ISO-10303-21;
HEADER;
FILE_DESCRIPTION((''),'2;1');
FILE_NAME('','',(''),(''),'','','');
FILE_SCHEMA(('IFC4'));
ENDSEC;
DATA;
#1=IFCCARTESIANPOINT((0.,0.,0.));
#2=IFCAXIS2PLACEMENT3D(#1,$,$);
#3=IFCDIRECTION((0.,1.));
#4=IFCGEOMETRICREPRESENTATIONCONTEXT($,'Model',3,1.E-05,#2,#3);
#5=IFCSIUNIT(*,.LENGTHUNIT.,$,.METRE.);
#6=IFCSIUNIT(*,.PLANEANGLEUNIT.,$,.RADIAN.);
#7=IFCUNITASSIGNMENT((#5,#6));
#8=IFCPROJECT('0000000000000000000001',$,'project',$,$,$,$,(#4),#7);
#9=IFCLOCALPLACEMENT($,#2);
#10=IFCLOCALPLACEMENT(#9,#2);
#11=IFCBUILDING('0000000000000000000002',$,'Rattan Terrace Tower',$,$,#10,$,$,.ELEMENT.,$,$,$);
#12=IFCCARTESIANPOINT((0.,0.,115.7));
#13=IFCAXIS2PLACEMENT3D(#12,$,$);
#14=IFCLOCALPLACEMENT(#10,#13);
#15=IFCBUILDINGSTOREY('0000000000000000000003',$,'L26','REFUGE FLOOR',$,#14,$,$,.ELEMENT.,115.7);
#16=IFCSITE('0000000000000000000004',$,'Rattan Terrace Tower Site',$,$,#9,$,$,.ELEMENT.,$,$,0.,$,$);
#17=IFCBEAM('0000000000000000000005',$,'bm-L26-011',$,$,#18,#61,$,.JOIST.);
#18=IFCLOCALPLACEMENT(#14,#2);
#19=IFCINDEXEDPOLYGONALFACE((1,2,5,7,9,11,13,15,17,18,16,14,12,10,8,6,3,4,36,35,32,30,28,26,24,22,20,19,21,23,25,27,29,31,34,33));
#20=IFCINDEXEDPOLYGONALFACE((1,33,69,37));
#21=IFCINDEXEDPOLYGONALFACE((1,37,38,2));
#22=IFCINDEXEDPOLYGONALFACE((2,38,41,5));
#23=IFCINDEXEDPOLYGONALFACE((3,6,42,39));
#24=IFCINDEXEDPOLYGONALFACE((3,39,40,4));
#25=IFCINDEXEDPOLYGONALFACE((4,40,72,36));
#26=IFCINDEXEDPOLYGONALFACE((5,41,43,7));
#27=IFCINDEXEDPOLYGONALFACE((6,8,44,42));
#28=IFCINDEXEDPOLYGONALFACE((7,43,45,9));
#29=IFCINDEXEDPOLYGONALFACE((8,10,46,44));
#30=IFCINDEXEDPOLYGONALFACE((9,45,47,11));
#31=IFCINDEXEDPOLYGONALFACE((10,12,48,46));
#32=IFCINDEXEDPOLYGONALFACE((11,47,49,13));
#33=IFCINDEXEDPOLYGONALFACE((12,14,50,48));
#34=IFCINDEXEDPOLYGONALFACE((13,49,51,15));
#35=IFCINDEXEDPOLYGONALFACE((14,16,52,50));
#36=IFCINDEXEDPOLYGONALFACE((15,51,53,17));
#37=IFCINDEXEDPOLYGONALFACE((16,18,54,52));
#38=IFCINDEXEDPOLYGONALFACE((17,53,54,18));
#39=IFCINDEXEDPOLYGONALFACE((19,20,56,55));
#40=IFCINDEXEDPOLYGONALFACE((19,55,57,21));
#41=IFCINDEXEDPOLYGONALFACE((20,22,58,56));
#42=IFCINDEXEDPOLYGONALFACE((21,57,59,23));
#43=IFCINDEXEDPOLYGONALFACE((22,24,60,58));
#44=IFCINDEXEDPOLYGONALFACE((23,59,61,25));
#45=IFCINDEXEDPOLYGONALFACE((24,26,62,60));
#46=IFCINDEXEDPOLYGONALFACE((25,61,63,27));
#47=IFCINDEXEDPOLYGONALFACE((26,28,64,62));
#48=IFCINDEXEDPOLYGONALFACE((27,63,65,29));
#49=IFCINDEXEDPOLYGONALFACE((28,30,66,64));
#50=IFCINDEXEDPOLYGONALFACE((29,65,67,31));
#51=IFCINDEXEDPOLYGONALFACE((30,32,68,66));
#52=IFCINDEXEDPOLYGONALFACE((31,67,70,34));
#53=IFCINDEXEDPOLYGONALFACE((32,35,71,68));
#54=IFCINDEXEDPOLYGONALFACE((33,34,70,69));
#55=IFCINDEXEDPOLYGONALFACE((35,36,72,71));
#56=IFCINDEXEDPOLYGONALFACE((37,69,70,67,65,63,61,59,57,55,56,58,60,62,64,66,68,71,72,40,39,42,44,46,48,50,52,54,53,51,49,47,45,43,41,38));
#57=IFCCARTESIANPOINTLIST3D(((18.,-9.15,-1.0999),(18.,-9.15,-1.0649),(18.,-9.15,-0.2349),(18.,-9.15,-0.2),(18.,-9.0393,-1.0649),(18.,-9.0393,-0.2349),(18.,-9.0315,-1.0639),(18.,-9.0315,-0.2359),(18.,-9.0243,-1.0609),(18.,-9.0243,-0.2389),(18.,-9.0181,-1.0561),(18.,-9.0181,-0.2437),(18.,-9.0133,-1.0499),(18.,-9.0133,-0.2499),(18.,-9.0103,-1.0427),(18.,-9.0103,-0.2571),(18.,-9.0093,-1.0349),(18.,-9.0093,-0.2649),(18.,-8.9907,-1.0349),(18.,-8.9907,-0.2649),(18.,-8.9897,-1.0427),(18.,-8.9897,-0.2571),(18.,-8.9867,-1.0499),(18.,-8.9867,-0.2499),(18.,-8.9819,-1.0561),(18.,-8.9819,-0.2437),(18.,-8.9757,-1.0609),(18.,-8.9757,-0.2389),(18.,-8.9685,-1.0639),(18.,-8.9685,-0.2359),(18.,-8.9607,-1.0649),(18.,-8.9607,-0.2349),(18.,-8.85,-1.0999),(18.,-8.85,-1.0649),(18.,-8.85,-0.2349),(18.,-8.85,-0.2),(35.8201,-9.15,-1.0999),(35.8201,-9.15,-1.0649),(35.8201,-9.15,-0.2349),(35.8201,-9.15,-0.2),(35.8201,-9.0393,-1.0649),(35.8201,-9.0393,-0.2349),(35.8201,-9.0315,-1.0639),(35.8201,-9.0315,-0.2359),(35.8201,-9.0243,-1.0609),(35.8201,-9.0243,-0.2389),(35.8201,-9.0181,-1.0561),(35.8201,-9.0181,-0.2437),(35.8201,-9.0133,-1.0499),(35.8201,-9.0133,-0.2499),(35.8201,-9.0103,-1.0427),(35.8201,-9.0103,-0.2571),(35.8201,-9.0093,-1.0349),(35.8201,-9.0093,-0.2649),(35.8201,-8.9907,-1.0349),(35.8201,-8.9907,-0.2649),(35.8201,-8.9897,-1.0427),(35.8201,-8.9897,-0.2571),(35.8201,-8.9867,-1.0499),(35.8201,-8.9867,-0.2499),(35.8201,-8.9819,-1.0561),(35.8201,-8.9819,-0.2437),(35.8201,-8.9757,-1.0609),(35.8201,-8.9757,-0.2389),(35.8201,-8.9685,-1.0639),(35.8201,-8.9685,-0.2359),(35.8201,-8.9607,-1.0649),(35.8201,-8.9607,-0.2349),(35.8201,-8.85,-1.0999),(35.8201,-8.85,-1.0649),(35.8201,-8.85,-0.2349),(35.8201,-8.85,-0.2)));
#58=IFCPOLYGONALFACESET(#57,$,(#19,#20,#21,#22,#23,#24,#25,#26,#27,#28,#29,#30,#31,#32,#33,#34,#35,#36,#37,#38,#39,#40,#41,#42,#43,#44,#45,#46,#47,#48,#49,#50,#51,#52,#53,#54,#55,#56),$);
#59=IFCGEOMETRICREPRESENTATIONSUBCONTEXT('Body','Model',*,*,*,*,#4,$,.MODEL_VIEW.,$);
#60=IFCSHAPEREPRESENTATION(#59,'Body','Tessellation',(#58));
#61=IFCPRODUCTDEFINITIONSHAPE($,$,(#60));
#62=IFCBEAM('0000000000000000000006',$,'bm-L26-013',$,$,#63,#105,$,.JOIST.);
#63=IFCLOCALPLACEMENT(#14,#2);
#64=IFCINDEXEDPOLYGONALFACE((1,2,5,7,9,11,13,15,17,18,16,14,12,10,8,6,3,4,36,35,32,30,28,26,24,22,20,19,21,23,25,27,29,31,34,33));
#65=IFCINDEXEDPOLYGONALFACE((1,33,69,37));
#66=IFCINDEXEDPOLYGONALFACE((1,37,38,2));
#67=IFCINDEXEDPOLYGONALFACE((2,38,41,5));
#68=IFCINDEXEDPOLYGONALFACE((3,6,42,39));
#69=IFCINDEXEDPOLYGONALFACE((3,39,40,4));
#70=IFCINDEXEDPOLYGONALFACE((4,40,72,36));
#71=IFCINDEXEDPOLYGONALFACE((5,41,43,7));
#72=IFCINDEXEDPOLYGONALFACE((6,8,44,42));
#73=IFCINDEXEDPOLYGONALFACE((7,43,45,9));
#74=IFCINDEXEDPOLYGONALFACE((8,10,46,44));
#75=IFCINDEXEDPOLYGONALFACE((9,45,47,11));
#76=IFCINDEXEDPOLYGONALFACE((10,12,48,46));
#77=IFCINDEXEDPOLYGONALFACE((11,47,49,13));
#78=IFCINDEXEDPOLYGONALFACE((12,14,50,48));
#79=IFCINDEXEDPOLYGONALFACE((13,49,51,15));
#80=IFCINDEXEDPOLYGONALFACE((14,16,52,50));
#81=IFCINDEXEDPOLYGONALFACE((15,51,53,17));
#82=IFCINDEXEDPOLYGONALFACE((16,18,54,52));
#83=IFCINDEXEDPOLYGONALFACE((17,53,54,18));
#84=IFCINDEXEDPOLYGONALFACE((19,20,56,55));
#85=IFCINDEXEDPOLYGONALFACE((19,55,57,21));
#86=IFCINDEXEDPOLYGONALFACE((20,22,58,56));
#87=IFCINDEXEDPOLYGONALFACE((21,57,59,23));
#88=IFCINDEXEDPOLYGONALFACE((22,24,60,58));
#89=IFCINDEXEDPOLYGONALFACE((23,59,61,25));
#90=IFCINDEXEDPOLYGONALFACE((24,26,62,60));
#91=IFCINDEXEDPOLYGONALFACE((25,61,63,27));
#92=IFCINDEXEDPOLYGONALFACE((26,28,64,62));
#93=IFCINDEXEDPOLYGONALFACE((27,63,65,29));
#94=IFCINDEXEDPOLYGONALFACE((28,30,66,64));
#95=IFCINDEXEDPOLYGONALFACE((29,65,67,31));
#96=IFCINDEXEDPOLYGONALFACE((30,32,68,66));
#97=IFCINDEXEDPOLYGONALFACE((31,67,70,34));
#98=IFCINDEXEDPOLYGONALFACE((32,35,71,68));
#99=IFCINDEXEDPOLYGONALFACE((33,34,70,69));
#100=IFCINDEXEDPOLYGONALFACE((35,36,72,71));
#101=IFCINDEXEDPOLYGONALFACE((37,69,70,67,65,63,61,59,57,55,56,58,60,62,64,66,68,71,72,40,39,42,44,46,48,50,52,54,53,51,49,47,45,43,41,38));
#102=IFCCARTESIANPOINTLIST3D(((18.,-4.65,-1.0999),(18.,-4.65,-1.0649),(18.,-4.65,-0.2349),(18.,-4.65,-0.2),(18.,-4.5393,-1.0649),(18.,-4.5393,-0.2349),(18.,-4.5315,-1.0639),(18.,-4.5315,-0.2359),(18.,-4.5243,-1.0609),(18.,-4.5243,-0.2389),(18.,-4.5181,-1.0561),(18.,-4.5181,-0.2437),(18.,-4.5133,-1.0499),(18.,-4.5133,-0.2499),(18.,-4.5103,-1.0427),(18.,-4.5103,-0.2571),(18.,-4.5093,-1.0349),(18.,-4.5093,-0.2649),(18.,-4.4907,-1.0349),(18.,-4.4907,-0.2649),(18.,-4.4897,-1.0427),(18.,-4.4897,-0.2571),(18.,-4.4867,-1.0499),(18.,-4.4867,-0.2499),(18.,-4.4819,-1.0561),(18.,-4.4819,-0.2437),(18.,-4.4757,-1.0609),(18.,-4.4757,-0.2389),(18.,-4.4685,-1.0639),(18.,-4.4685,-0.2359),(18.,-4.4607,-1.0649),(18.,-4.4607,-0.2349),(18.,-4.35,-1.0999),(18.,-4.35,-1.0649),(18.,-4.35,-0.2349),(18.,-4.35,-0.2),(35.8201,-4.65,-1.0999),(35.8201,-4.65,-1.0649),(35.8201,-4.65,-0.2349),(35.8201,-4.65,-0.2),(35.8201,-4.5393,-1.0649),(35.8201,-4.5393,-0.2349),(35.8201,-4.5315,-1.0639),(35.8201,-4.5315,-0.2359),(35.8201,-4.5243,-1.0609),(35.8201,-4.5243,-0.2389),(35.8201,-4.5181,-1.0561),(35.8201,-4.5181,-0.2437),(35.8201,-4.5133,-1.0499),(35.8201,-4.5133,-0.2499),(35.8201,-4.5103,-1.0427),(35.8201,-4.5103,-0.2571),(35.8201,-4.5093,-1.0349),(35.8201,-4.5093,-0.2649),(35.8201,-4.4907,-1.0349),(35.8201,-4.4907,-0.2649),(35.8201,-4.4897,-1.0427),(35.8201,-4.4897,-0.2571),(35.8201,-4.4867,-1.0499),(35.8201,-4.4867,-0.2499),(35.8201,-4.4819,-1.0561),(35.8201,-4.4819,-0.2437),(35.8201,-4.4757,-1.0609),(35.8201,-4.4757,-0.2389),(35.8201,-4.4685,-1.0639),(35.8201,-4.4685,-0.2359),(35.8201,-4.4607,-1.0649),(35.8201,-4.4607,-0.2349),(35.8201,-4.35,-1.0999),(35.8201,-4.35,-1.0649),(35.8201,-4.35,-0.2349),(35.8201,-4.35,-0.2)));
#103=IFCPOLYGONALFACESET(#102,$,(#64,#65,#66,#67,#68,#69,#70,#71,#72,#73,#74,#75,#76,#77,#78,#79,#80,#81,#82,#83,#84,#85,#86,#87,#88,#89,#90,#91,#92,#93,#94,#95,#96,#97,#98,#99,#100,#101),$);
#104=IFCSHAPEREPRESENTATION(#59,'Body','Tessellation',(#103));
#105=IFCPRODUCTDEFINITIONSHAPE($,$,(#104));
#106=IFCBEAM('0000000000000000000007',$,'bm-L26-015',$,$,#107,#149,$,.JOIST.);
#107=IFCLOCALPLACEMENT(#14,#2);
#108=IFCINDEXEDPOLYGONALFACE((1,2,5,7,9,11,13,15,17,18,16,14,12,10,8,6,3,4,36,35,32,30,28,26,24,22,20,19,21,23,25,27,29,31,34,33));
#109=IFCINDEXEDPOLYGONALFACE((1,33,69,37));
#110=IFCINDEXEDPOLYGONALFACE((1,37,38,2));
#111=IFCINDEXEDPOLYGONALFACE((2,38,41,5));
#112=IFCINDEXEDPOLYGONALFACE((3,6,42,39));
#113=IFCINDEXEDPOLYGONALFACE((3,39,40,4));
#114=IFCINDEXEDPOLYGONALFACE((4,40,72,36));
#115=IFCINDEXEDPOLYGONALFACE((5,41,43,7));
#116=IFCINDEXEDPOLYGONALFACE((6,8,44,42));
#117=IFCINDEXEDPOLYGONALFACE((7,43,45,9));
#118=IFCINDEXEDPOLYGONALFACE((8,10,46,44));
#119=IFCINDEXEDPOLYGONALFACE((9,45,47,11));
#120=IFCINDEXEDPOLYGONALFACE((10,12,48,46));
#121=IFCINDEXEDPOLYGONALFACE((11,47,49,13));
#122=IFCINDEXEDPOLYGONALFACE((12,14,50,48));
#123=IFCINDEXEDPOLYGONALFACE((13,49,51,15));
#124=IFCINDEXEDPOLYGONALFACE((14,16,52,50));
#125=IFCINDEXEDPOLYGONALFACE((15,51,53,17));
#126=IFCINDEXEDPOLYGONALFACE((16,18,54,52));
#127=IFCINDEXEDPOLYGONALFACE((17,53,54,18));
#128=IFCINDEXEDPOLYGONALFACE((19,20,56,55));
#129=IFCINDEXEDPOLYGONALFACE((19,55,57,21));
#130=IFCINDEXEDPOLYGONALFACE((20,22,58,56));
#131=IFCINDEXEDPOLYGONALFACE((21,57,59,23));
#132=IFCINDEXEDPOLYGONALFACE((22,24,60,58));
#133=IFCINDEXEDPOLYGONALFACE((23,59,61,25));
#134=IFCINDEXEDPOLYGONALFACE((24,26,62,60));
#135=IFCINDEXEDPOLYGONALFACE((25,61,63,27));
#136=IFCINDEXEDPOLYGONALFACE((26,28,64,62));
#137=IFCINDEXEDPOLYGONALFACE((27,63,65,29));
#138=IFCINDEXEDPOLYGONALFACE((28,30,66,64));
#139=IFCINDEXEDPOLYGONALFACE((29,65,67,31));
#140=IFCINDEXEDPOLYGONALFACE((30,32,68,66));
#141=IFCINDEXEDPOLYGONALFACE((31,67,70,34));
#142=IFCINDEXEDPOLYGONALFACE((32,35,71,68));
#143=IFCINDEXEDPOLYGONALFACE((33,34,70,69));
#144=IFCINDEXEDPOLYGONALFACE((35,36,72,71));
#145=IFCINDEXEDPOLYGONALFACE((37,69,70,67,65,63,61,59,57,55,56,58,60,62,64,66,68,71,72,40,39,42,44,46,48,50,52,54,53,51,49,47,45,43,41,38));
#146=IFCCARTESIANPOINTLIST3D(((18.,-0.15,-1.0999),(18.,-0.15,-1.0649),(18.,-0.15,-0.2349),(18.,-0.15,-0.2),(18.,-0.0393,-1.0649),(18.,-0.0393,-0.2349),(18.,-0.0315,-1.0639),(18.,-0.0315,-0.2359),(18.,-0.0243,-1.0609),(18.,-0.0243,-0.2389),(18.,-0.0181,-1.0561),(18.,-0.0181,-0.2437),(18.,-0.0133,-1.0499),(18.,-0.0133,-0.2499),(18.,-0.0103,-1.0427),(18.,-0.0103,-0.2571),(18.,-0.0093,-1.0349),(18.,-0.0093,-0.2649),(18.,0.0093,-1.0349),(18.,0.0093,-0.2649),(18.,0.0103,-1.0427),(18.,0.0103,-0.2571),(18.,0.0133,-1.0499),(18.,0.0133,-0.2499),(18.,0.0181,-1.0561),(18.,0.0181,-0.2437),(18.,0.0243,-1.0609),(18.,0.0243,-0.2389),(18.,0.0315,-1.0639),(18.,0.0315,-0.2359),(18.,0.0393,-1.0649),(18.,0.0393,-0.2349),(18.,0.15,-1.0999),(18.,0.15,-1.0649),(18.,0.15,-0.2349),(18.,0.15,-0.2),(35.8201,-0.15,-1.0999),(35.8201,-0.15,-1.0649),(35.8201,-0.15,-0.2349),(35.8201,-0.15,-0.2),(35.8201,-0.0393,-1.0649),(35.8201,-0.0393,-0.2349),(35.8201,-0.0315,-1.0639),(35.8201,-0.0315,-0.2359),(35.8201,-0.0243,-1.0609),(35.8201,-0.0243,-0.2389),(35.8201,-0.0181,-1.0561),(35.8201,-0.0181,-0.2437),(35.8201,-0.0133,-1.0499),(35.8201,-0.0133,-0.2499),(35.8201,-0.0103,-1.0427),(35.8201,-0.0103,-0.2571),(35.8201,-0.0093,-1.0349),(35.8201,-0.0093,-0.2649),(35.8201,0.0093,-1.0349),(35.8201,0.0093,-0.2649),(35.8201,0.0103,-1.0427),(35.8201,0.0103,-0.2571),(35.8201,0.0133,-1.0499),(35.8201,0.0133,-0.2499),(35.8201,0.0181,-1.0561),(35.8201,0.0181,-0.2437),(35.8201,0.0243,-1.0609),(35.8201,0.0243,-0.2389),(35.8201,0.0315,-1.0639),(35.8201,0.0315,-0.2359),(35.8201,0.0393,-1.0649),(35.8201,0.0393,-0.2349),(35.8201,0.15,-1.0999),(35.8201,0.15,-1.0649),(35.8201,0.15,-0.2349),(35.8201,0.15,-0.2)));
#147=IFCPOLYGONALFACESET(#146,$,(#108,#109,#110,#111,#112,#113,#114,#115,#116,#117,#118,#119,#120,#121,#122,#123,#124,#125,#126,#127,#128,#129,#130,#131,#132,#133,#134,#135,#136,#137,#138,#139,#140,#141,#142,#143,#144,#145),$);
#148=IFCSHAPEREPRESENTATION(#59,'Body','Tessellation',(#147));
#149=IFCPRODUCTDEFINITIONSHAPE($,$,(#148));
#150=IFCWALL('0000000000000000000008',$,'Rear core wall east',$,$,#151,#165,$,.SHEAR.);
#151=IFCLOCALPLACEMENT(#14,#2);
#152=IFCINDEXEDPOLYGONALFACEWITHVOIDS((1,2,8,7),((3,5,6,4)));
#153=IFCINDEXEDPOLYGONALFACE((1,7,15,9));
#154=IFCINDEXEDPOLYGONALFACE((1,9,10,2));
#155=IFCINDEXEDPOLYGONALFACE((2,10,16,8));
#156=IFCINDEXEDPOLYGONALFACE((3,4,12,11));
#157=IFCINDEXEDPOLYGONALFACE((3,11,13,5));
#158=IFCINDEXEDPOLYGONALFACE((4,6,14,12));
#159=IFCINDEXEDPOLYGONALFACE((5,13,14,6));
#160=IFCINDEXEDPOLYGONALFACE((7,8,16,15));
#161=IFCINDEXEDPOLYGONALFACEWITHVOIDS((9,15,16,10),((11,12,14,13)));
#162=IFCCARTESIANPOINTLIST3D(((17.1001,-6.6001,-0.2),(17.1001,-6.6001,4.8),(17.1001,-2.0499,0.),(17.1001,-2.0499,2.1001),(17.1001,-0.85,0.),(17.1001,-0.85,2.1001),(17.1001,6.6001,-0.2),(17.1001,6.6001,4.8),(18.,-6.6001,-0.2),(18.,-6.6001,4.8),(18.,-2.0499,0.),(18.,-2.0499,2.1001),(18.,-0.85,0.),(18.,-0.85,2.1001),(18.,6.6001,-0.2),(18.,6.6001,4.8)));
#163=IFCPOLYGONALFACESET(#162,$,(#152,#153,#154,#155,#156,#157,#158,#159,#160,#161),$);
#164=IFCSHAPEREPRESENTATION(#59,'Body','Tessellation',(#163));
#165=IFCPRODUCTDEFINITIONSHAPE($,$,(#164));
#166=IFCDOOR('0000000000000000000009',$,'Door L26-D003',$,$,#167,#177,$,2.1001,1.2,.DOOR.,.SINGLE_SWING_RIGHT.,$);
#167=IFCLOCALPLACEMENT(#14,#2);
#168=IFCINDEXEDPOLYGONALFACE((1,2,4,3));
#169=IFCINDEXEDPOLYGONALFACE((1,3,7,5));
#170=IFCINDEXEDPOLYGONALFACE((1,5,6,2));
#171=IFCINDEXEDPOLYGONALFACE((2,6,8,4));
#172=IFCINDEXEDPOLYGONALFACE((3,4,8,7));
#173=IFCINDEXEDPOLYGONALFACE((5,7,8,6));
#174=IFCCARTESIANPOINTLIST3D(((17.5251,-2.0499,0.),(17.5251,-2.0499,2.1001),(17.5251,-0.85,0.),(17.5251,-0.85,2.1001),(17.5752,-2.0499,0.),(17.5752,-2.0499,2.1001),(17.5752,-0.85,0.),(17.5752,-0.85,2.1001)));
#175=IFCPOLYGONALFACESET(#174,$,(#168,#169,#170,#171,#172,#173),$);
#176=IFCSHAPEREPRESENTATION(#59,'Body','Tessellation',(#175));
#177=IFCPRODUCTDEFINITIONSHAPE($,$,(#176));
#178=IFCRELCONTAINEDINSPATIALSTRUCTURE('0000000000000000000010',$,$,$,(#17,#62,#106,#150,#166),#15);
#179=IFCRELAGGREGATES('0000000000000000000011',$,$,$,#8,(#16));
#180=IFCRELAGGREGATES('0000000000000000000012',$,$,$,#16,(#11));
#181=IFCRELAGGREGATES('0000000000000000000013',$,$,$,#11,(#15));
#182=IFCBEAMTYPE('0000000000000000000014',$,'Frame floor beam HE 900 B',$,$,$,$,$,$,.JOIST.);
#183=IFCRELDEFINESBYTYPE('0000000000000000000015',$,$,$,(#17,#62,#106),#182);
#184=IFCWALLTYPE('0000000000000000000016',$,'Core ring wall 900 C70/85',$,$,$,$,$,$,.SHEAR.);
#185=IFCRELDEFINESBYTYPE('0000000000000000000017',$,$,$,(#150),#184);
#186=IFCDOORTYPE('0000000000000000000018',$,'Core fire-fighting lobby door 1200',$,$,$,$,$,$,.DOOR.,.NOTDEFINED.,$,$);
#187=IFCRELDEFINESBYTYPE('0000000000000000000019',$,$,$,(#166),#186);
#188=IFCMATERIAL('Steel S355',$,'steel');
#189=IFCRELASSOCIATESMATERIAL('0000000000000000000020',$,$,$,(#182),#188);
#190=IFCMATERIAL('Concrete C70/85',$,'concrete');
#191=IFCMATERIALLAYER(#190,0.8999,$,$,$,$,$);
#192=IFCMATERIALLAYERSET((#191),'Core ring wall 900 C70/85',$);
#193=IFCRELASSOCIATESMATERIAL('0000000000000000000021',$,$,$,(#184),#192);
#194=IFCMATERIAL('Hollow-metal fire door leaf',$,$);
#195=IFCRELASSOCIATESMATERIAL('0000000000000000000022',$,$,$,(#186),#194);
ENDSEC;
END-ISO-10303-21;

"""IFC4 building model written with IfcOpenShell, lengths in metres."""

from ifc_helpers import new_model, si_unit, direction, frame, frame_2d, origin, origin_2d, place, context, subcontext, project, spatial, rectangle, i_section, extrude, material, layer, layer_set, material_profile, profile_set, type_object, element, fill, save


model = new_model("IFC4")

# Units and contexts
model_context = context("Model", 3, precision=1e-05, world=origin(), true_north=direction((0.0, 1.0)))
body_context = subcontext(model_context, "Body", "Model", "MODEL_VIEW")
ifc_project = project(units=[si_unit("LENGTHUNIT", "METRE"), si_unit("PLANEANGLEUNIT", "RADIAN")], contexts=[model_context])

# Site, building, storey
site_placement = place(None, origin())
site = spatial("IfcSite", under=ifc_project, at=site_placement, Name="Rattan Terrace Tower Site", CompositionType="ELEMENT", RefElevation=0.0)
building_placement = place(site_placement, origin())
building = spatial("IfcBuilding", under=site, at=building_placement, Name="Rattan Terrace Tower", CompositionType="ELEMENT")
storey_placement = place(building_placement, frame((0.0, 0.0, 115.7)))
storey = spatial("IfcBuildingStorey", under=building, at=storey_placement, Name="L26", Description="REFUGE FLOOR", CompositionType="ELEMENT", Elevation=115.7)

# Beams
ifc_material_1 = material(Name="Steel S355", Category="steel")
ifc_material_profile = material_profile(ifc_material_1, i_section(OverallWidth=0.3, OverallDepth=0.8999, WebThickness=0.0186, FlangeThickness=0.0349, FilletRadius=0.03, at=origin_2d()), Name="HE 900 B")
ifc_profile_set = profile_set([ifc_material_profile], Name="Steel S355")
beam_type = type_object("IfcBeamType", Name="Frame floor beam HE 900 B", PredefinedType="JOIST", material=ifc_profile_set)
for number, where, z_axis, x_axis, name in (
    (1, (18.0, -9.0, -0.6499), (1.0, 0.0, 0.0), (0.0, 1.0, 0.0), "bm-L26-011"),
    (2, (18.0, -4.5, -0.6499), (1.0, 0.0, 0.0), (0.0, 1.0, 0.0), "bm-L26-013"),
    (3, (18.0, 0.0, -0.6499), (1.0, 0.0, 0.0), (0.0, 1.0, 0.0), "bm-L26-015"),
):
    element("IfcBeam", number, at=place(storey_placement, frame(where, z_axis=z_axis, x_axis=x_axis)), inside=storey, type_object=beam_type, Name=name, PredefinedType="JOIST", context=body_context, shape_type="SweptSolid", body=[
        extrude(i_section(OverallWidth=0.3, OverallDepth=0.8999, WebThickness=0.0186, FlangeThickness=0.0349, FilletRadius=0.03, at=origin_2d()), origin(), (0.0, 0.0, 1.0), 17.8201),
    ])

# Wall, opening, door
ifc_material_2 = material(Name="Concrete C70/85", Category="concrete")
ifc_layer_1 = layer(ifc_material_2, 0.8999)
ifc_layer_set_1 = layer_set([ifc_layer_1], Name="Core ring wall 900 C70/85")
wall_type_1 = type_object("IfcWallType", Name="Core ring wall 900 C70/85", PredefinedType="SHEAR", material=ifc_layer_set_1)
wall_1_placement = place(storey_placement, frame((17.55, -6.6001, -0.2), z_axis=(0.0, 0.0, 1.0), x_axis=(0.0, 1.0, 0.0)))
wall_1 = element("IfcWall", 4, at=wall_1_placement, inside=storey, type_object=wall_type_1, Name="Rear core wall east", PredefinedType="SHEAR", context=body_context, shape_type="SweptSolid", body=[
    extrude(rectangle(XDim=13.2002, YDim=0.8999, at=frame_2d((6.6001, 0.0))), origin(), (0.0, 0.0, 1.0), 5.0),
])
opening_1_placement = place(wall_1_placement, frame((4.55, 0.0, 0.2)))
opening_1 = element("IfcOpeningElement", 5, at=opening_1_placement, cuts=wall_1, PredefinedType="OPENING", context=body_context, shape_type="SweptSolid", body=[
    extrude(rectangle(XDim=1.2, YDim=2.1001, at=frame_2d((0.6001, 1.05))), frame((0.0, 0.4604, 0.0), z_axis=(0.0, -1.0, 0.0), x_axis=(1.0, 0.0, 0.0)), (0.0, 0.0, 1.0), 0.9209),
])
ifc_material_3 = material(Name="Hollow-metal fire door leaf")
door_type_1 = type_object("IfcDoorType", Name="Core fire-fighting lobby door 1200", OperationType="NOTDEFINED", PredefinedType="DOOR", material=ifc_material_3)
door_1_placement = place(opening_1_placement, origin())
door_1 = element("IfcDoor", 6, at=door_1_placement, inside=storey, type_object=door_type_1, Name="Door L26-D003", OperationType="SINGLE_SWING_RIGHT", OverallHeight=2.1001, OverallWidth=1.2, PredefinedType="DOOR", context=body_context, shape_type="SweptSolid", body=[
    extrude(rectangle(XDim=1.2, YDim=2.1001, at=frame_2d((0.6001, 1.05))), frame((0.0, 0.0249, 0.0), z_axis=(0.0, -1.0, 0.0), x_axis=(1.0, 0.0, 0.0)), (0.0, 0.0, 1.0), 0.05),
])
fill(opening_1, door_1)

save(model, "model.ifc")
